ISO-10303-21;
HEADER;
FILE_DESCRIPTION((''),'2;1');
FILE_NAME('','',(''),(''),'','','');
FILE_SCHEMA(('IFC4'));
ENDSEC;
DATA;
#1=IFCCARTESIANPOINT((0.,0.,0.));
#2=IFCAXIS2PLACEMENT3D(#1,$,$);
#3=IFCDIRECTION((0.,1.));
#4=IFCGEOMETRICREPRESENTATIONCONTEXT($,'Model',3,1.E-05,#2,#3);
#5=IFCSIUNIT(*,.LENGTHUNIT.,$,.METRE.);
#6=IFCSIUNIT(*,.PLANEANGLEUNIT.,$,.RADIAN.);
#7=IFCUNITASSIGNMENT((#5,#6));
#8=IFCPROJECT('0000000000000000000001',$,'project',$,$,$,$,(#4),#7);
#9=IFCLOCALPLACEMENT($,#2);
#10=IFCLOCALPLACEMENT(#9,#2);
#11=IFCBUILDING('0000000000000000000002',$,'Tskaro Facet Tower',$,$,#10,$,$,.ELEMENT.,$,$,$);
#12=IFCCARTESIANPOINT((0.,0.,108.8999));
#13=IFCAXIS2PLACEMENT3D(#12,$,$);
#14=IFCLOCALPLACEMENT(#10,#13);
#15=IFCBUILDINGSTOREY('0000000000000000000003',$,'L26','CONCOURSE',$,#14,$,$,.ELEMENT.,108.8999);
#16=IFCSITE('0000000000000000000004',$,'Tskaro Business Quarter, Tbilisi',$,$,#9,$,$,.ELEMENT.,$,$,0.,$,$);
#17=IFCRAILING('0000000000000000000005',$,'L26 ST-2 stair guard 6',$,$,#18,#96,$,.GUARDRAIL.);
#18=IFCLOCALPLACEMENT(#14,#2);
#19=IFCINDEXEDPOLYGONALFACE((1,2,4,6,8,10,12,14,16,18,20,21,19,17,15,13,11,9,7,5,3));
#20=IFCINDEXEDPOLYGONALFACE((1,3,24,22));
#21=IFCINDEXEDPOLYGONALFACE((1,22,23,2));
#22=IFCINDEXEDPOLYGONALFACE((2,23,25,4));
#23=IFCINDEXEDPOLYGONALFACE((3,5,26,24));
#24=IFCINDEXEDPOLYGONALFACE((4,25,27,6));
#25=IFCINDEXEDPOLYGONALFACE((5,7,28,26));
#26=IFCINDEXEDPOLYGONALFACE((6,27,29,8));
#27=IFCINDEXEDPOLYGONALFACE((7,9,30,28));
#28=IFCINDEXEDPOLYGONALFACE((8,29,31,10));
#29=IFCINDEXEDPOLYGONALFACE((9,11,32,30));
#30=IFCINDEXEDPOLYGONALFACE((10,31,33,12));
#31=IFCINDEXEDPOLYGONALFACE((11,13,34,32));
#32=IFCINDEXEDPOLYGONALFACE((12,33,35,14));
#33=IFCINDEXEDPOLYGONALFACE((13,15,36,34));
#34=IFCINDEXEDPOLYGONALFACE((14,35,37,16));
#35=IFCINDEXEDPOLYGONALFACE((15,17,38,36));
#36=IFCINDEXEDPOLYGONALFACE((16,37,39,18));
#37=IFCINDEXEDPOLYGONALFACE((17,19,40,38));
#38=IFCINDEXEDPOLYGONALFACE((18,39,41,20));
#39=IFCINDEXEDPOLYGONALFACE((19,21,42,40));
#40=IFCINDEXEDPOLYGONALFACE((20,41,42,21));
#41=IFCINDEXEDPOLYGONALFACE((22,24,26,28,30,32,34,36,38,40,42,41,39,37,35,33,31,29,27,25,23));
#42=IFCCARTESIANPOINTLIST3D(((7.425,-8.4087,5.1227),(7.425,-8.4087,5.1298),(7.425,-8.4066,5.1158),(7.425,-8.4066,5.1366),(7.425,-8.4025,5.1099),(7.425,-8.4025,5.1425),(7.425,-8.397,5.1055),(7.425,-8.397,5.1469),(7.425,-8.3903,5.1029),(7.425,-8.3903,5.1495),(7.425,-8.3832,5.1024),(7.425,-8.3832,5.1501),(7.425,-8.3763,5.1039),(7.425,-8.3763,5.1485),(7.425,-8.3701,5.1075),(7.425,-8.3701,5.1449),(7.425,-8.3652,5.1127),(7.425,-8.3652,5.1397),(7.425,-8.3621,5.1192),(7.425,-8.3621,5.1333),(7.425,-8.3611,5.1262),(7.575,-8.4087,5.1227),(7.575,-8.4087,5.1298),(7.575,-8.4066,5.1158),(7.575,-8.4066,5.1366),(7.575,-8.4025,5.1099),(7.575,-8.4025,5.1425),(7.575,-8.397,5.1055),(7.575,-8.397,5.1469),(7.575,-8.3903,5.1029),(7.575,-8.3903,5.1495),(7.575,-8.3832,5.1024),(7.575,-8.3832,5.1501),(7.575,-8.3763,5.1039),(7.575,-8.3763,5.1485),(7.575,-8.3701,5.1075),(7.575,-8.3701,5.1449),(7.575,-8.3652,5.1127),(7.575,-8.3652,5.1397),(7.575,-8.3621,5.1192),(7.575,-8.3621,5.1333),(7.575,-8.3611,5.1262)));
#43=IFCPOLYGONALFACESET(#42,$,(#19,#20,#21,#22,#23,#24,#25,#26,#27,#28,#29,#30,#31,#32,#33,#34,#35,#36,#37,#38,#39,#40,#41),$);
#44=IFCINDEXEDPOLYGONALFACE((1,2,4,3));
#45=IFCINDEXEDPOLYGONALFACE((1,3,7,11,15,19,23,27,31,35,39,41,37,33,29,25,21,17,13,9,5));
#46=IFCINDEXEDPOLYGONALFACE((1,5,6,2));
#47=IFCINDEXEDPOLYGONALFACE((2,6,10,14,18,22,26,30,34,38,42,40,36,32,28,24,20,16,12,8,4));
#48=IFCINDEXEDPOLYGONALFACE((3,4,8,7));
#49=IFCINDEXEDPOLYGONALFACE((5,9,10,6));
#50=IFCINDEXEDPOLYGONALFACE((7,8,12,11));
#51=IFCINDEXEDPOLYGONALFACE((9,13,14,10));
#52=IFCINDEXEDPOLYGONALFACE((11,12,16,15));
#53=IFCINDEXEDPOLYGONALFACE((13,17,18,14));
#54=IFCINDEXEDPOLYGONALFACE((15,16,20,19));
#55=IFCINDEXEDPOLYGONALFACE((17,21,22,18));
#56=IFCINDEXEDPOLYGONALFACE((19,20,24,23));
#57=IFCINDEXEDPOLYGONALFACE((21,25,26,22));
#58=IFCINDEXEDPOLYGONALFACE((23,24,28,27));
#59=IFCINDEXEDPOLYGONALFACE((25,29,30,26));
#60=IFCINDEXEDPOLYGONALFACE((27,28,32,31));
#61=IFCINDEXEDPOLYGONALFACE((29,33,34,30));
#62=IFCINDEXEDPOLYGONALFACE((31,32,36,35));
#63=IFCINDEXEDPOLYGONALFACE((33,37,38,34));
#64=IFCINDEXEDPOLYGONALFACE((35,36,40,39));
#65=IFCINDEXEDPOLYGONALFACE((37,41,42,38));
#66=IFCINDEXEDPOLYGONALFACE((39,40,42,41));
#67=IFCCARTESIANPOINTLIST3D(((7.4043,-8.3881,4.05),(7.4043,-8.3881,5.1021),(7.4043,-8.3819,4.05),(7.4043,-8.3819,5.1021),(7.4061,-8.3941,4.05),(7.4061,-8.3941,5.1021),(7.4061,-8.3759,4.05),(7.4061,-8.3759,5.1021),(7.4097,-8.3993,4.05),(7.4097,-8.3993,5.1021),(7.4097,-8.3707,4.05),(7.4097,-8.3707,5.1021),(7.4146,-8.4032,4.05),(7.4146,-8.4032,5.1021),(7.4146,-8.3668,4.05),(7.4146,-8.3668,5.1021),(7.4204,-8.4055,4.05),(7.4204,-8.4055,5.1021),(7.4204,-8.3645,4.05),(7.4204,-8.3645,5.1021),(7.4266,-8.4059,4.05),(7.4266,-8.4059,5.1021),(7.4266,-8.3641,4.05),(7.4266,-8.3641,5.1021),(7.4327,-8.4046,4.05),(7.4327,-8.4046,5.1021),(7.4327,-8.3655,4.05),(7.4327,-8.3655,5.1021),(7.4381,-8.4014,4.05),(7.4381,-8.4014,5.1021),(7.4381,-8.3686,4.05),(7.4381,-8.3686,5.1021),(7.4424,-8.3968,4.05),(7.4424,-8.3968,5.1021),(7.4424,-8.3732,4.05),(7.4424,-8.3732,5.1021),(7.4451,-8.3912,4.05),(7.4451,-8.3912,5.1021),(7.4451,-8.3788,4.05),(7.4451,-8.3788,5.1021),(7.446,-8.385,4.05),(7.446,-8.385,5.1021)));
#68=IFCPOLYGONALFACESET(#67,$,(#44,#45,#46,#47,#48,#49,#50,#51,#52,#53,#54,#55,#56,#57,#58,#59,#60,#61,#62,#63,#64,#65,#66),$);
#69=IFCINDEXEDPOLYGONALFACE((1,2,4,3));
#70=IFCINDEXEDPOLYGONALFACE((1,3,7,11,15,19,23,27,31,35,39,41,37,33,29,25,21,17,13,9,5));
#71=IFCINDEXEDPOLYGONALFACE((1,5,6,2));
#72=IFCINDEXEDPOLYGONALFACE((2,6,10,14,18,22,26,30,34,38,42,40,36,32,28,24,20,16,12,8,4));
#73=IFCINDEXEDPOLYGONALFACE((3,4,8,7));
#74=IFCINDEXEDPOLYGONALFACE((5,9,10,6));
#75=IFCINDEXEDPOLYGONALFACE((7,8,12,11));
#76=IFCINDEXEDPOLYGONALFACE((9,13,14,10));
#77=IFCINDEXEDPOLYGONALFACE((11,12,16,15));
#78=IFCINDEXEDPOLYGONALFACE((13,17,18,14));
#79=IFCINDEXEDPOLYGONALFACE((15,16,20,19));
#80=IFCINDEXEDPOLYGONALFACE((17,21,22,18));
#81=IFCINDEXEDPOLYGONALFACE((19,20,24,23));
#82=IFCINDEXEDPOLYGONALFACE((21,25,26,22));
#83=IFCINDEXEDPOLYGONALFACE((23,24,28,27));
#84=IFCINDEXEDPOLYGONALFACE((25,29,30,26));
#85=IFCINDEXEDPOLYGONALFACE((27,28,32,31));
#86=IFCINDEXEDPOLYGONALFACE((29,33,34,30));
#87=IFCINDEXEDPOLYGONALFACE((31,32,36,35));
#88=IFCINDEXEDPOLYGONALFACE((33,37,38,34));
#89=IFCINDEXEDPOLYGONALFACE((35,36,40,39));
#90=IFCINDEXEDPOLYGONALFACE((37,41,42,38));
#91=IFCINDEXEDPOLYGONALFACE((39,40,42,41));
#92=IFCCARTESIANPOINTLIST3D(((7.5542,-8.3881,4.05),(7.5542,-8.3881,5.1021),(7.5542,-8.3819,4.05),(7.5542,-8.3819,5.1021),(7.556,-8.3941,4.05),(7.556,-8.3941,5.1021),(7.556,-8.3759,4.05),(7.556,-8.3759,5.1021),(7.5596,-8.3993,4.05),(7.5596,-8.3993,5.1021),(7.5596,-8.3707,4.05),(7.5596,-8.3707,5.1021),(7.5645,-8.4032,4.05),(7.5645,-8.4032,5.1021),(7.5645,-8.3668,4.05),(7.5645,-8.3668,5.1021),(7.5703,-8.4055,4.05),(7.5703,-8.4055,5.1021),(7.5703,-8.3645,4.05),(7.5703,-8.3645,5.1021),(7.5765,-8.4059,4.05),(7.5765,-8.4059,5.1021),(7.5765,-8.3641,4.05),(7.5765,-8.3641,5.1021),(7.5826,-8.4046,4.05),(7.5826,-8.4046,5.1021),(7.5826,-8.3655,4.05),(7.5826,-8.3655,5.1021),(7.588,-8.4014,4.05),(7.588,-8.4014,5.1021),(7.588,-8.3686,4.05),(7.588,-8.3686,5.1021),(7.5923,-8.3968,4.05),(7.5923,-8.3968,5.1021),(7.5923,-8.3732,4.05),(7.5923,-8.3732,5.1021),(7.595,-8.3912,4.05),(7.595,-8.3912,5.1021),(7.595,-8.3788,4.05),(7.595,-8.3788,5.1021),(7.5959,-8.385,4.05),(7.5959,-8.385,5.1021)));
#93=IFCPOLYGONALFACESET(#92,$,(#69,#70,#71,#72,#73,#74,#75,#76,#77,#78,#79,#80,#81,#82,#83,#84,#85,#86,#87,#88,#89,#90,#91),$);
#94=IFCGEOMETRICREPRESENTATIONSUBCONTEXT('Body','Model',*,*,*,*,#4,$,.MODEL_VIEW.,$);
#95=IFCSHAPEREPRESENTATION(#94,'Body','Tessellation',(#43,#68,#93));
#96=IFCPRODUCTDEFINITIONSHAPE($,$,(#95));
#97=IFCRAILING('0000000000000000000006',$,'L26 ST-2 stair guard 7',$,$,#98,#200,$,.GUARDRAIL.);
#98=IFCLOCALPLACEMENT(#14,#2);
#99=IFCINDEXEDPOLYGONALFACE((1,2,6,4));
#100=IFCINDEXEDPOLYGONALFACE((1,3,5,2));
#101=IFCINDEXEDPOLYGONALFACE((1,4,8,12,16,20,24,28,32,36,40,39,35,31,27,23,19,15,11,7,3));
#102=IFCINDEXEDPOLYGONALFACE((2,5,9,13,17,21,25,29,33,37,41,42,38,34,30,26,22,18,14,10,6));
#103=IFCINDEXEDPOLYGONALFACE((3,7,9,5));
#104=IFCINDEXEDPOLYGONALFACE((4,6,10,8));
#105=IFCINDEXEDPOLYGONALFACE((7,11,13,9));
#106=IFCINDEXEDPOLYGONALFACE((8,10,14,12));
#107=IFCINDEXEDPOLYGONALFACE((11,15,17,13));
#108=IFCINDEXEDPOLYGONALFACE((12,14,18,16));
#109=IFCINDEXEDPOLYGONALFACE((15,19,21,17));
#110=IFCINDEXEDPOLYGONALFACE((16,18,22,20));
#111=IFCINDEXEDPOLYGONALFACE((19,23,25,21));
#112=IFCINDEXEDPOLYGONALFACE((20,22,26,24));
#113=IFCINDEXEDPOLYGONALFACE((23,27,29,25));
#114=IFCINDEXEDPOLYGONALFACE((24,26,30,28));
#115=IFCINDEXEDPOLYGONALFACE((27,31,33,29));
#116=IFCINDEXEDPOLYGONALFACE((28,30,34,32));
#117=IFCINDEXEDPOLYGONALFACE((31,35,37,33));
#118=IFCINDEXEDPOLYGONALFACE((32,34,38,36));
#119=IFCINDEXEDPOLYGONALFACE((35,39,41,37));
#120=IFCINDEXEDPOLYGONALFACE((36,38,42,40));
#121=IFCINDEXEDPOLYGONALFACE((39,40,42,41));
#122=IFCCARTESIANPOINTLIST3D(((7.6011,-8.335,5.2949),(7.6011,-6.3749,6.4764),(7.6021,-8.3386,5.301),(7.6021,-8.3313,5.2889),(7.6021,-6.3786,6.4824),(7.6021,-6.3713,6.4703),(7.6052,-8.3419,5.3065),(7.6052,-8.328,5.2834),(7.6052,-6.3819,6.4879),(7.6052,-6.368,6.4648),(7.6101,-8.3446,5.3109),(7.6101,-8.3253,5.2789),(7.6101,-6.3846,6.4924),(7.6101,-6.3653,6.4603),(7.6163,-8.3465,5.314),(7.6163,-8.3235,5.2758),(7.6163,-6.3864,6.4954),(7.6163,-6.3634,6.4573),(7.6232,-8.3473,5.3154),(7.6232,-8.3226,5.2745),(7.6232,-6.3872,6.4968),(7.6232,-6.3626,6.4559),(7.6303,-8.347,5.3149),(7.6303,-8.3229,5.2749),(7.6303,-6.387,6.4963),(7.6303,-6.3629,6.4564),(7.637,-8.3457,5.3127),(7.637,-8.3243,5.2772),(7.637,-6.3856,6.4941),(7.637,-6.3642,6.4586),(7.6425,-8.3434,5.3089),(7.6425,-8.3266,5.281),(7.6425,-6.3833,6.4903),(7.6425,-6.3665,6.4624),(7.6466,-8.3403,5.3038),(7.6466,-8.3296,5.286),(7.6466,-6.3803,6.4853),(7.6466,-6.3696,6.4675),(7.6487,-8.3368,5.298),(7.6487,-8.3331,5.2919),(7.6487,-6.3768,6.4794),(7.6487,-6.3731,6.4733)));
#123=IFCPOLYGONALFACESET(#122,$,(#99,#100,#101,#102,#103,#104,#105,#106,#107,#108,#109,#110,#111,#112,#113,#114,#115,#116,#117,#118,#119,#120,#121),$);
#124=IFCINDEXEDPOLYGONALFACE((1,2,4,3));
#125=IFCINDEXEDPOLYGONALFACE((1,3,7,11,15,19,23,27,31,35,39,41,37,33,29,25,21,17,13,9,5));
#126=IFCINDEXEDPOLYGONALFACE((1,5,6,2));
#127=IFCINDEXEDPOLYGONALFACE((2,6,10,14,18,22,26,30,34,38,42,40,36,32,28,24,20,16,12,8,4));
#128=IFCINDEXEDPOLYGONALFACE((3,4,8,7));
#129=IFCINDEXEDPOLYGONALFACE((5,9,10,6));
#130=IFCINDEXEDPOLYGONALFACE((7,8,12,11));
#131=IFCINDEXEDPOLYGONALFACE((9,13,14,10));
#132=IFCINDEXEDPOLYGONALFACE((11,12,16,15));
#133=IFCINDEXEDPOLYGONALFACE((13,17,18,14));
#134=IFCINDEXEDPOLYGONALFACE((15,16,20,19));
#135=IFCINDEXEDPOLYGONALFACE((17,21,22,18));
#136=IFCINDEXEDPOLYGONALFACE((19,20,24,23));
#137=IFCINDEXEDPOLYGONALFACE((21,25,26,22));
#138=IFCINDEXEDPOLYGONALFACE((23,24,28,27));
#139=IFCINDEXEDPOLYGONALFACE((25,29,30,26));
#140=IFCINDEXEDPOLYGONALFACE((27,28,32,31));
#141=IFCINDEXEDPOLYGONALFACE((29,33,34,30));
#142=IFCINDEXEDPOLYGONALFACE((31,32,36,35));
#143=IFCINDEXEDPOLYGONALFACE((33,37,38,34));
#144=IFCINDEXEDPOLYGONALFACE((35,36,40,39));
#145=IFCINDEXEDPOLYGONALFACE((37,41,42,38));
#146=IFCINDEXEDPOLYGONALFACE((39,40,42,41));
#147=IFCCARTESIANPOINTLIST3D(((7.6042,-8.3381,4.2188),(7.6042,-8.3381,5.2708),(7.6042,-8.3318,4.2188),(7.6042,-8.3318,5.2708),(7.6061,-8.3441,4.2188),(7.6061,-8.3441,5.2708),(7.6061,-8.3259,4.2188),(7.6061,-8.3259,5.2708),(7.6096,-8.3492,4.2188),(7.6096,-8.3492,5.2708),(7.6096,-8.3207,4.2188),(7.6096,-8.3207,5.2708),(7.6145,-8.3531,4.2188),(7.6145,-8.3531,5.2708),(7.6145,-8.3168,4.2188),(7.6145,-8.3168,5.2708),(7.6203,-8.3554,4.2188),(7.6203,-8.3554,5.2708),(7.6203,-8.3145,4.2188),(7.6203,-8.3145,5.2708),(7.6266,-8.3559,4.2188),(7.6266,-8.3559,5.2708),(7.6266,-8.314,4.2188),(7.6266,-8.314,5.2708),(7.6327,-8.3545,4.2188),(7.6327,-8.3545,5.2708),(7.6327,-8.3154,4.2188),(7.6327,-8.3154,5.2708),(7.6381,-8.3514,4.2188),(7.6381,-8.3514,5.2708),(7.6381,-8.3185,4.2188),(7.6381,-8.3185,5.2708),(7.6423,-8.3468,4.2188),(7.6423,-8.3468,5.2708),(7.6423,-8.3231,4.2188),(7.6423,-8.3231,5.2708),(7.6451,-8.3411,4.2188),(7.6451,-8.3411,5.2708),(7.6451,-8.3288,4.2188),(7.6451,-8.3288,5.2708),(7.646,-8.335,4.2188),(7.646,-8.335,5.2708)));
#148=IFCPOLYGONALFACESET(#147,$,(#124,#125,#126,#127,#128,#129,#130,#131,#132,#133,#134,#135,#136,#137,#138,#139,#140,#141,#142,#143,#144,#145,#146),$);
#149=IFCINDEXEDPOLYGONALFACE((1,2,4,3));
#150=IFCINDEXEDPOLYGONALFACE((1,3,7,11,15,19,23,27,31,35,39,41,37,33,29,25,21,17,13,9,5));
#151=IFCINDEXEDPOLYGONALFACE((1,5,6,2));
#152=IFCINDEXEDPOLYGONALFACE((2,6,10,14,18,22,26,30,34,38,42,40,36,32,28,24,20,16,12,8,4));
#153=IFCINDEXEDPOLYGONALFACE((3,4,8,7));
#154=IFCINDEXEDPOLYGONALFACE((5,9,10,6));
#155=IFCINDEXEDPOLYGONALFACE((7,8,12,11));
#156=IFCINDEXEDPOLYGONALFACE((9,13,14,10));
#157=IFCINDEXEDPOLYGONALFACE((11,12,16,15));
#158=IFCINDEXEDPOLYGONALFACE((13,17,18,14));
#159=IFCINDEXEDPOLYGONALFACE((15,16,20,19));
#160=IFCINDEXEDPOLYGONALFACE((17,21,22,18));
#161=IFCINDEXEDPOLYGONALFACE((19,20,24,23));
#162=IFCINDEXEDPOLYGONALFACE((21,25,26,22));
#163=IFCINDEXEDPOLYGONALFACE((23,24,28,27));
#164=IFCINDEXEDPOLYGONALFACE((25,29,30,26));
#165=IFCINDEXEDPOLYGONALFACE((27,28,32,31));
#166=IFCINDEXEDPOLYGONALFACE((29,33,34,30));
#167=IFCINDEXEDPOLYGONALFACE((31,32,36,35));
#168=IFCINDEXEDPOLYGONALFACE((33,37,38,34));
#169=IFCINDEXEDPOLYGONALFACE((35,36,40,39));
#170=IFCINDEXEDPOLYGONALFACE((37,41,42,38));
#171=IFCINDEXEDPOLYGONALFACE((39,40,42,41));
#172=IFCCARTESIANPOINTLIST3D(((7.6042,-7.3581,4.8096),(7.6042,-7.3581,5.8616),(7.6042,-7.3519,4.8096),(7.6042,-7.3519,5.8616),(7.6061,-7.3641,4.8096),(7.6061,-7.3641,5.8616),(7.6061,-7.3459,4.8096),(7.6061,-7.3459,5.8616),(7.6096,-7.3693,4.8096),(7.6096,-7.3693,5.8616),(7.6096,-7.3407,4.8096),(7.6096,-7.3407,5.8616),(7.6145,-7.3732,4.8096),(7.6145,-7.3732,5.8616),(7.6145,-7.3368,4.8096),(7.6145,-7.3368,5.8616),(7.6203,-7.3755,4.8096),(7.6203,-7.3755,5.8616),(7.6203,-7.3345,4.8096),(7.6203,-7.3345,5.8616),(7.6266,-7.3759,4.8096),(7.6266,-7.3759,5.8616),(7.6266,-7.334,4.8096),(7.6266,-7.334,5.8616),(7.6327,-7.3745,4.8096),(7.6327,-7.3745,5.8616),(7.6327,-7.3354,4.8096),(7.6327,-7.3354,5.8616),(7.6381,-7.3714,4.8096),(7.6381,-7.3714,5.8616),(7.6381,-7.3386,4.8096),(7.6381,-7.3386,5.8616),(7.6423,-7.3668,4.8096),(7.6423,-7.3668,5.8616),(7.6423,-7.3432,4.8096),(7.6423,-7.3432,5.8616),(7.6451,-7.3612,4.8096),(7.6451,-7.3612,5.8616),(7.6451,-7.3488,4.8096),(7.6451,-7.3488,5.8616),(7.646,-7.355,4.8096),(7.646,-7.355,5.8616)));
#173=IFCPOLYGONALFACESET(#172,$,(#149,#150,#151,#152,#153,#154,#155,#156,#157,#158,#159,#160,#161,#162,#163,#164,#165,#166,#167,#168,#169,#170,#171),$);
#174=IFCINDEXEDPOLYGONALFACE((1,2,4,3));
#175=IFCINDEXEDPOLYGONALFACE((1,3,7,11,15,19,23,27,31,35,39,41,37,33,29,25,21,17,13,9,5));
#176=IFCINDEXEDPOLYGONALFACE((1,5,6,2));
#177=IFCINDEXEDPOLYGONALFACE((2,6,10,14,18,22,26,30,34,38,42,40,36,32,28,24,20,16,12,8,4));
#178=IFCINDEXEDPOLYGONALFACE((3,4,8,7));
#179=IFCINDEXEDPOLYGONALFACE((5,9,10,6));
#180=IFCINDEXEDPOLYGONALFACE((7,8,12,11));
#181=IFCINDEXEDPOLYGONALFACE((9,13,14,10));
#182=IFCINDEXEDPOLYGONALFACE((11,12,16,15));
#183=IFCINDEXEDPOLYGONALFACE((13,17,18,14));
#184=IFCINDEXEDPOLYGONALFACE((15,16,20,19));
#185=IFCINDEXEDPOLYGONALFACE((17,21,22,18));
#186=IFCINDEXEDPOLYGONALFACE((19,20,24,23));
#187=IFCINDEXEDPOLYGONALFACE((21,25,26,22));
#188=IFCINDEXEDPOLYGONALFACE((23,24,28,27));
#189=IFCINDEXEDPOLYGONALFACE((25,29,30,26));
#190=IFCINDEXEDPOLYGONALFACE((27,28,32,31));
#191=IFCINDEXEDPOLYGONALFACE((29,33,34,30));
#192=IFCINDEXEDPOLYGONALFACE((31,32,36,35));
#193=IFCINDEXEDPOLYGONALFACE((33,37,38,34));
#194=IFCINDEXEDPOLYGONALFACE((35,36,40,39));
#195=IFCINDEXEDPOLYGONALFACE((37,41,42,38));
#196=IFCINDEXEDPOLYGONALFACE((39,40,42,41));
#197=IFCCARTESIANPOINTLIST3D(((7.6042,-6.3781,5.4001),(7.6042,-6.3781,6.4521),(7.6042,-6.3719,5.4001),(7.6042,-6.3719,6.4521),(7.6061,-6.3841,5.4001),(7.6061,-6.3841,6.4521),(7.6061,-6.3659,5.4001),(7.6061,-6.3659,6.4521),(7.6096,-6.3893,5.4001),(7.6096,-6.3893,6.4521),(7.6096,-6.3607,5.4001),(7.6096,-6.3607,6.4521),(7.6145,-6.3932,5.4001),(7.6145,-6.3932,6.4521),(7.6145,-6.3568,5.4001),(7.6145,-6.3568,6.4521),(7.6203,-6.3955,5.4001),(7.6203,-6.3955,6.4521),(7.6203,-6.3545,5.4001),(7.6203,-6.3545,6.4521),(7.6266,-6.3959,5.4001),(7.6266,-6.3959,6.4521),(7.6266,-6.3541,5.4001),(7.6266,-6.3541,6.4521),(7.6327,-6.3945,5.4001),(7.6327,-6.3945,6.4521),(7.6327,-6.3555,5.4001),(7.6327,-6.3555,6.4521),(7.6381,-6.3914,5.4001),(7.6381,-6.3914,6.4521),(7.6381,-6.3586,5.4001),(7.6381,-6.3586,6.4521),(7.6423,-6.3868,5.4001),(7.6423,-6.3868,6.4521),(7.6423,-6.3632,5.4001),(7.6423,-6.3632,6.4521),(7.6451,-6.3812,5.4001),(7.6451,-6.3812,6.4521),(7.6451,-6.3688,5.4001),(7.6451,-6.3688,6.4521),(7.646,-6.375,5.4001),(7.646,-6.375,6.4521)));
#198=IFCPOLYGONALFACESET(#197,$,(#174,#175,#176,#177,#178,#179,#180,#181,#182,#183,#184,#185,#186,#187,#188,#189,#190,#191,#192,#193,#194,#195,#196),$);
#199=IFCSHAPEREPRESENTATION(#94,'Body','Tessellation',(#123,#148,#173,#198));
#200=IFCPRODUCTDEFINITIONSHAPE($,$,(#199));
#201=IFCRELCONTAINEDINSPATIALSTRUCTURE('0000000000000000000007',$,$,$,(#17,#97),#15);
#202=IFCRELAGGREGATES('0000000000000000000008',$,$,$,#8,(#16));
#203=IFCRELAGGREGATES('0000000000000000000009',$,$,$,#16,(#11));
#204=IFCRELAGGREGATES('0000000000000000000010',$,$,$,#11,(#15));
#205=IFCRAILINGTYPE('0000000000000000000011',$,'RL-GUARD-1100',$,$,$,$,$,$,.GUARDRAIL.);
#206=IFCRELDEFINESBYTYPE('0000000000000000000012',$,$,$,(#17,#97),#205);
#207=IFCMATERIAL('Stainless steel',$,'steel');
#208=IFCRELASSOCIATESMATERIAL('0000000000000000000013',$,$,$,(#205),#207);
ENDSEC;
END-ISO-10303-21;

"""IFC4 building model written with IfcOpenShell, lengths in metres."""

from ifc_helpers import new_model, si_unit, direction, frame, origin, origin_2d, place, context, subcontext, project, spatial, circle, extrude, material, type_object, element, save


model = new_model("IFC4")

# Units and contexts
model_context = context("Model", 3, precision=1e-05, world=origin(), true_north=direction((0.0, 1.0)))
body_context = subcontext(model_context, "Body", "Model", "MODEL_VIEW")
ifc_project = project(units=[si_unit("LENGTHUNIT", "METRE"), si_unit("PLANEANGLEUNIT", "RADIAN")], contexts=[model_context])

# Site, building, storey
site_placement = place(None, origin())
site = spatial("IfcSite", under=ifc_project, at=site_placement, Name="Tskaro Business Quarter, Tbilisi", CompositionType="ELEMENT", RefElevation=0.0)
building_placement = place(site_placement, origin())
building = spatial("IfcBuilding", under=site, at=building_placement, Name="Tskaro Facet Tower", CompositionType="ELEMENT")
storey_placement = place(building_placement, frame((0.0, 0.0, 108.8999)))
storey = spatial("IfcBuildingStorey", under=building, at=storey_placement, Name="L26", Description="CONCOURSE", CompositionType="ELEMENT", Elevation=108.8999)

# Shared definitions
ifc_material_1 = material(Name="Stainless steel", Category="steel")

# Railings
railing_type_1 = type_object("IfcRailingType", Name="RL-GUARD-1100", PredefinedType="GUARDRAIL", material=ifc_material_1)
railing_1_placement = place(storey_placement, frame((7.425, -8.385, 4.05)))
element("IfcRailing", 1, at=railing_1_placement, inside=storey, type_object=railing_type_1, Name="L26 ST-2 stair guard 6", PredefinedType="GUARDRAIL", context=body_context, shape_type="SweptSolid", body=[
    extrude(circle(Radius=0.0239, at=origin_2d()), frame((0.0, 0.0, 1.0762), z_axis=(1.0, 0.0, 0.0), x_axis=(0.0, 1.0, 0.0)), (0.0, 0.0, 1.0), 0.1499),
    extrude(circle(Radius=0.021, at=origin_2d()), origin(), (0.0, 0.0, 1.0), 1.052),
    extrude(circle(Radius=0.021, at=origin_2d()), frame((0.1499, 0.0, 0.0)), (0.0, 0.0, 1.0), 1.052),
])
railing_2_placement = place(storey_placement, frame((7.625, -8.335, 4.2188)))
element("IfcRailing", 2, at=railing_2_placement, inside=storey, type_object=railing_type_1, Name="L26 ST-2 stair guard 7", PredefinedType="GUARDRAIL", context=body_context, shape_type="SweptSolid", body=[
    extrude(circle(Radius=0.0239, at=origin_2d()), frame((0.0, 0.0, 1.0762), z_axis=(0.0, 0.856446, 0.516236), x_axis=(-1.0, 0.0, 0.0)), (0.0, 0.0, 1.0), 2.2886),
    extrude(circle(Radius=0.021, at=origin_2d()), origin(), (0.0, 0.0, 1.0), 1.052),
    extrude(circle(Radius=0.021, at=origin_2d()), frame((0.0, 0.98, 0.5908)), (0.0, 0.0, 1.0), 1.052),
    extrude(circle(Radius=0.021, at=origin_2d()), frame((0.0, 1.96, 1.1814)), (0.0, 0.0, 1.0), 1.052),
])

save(model, "model.ifc")
